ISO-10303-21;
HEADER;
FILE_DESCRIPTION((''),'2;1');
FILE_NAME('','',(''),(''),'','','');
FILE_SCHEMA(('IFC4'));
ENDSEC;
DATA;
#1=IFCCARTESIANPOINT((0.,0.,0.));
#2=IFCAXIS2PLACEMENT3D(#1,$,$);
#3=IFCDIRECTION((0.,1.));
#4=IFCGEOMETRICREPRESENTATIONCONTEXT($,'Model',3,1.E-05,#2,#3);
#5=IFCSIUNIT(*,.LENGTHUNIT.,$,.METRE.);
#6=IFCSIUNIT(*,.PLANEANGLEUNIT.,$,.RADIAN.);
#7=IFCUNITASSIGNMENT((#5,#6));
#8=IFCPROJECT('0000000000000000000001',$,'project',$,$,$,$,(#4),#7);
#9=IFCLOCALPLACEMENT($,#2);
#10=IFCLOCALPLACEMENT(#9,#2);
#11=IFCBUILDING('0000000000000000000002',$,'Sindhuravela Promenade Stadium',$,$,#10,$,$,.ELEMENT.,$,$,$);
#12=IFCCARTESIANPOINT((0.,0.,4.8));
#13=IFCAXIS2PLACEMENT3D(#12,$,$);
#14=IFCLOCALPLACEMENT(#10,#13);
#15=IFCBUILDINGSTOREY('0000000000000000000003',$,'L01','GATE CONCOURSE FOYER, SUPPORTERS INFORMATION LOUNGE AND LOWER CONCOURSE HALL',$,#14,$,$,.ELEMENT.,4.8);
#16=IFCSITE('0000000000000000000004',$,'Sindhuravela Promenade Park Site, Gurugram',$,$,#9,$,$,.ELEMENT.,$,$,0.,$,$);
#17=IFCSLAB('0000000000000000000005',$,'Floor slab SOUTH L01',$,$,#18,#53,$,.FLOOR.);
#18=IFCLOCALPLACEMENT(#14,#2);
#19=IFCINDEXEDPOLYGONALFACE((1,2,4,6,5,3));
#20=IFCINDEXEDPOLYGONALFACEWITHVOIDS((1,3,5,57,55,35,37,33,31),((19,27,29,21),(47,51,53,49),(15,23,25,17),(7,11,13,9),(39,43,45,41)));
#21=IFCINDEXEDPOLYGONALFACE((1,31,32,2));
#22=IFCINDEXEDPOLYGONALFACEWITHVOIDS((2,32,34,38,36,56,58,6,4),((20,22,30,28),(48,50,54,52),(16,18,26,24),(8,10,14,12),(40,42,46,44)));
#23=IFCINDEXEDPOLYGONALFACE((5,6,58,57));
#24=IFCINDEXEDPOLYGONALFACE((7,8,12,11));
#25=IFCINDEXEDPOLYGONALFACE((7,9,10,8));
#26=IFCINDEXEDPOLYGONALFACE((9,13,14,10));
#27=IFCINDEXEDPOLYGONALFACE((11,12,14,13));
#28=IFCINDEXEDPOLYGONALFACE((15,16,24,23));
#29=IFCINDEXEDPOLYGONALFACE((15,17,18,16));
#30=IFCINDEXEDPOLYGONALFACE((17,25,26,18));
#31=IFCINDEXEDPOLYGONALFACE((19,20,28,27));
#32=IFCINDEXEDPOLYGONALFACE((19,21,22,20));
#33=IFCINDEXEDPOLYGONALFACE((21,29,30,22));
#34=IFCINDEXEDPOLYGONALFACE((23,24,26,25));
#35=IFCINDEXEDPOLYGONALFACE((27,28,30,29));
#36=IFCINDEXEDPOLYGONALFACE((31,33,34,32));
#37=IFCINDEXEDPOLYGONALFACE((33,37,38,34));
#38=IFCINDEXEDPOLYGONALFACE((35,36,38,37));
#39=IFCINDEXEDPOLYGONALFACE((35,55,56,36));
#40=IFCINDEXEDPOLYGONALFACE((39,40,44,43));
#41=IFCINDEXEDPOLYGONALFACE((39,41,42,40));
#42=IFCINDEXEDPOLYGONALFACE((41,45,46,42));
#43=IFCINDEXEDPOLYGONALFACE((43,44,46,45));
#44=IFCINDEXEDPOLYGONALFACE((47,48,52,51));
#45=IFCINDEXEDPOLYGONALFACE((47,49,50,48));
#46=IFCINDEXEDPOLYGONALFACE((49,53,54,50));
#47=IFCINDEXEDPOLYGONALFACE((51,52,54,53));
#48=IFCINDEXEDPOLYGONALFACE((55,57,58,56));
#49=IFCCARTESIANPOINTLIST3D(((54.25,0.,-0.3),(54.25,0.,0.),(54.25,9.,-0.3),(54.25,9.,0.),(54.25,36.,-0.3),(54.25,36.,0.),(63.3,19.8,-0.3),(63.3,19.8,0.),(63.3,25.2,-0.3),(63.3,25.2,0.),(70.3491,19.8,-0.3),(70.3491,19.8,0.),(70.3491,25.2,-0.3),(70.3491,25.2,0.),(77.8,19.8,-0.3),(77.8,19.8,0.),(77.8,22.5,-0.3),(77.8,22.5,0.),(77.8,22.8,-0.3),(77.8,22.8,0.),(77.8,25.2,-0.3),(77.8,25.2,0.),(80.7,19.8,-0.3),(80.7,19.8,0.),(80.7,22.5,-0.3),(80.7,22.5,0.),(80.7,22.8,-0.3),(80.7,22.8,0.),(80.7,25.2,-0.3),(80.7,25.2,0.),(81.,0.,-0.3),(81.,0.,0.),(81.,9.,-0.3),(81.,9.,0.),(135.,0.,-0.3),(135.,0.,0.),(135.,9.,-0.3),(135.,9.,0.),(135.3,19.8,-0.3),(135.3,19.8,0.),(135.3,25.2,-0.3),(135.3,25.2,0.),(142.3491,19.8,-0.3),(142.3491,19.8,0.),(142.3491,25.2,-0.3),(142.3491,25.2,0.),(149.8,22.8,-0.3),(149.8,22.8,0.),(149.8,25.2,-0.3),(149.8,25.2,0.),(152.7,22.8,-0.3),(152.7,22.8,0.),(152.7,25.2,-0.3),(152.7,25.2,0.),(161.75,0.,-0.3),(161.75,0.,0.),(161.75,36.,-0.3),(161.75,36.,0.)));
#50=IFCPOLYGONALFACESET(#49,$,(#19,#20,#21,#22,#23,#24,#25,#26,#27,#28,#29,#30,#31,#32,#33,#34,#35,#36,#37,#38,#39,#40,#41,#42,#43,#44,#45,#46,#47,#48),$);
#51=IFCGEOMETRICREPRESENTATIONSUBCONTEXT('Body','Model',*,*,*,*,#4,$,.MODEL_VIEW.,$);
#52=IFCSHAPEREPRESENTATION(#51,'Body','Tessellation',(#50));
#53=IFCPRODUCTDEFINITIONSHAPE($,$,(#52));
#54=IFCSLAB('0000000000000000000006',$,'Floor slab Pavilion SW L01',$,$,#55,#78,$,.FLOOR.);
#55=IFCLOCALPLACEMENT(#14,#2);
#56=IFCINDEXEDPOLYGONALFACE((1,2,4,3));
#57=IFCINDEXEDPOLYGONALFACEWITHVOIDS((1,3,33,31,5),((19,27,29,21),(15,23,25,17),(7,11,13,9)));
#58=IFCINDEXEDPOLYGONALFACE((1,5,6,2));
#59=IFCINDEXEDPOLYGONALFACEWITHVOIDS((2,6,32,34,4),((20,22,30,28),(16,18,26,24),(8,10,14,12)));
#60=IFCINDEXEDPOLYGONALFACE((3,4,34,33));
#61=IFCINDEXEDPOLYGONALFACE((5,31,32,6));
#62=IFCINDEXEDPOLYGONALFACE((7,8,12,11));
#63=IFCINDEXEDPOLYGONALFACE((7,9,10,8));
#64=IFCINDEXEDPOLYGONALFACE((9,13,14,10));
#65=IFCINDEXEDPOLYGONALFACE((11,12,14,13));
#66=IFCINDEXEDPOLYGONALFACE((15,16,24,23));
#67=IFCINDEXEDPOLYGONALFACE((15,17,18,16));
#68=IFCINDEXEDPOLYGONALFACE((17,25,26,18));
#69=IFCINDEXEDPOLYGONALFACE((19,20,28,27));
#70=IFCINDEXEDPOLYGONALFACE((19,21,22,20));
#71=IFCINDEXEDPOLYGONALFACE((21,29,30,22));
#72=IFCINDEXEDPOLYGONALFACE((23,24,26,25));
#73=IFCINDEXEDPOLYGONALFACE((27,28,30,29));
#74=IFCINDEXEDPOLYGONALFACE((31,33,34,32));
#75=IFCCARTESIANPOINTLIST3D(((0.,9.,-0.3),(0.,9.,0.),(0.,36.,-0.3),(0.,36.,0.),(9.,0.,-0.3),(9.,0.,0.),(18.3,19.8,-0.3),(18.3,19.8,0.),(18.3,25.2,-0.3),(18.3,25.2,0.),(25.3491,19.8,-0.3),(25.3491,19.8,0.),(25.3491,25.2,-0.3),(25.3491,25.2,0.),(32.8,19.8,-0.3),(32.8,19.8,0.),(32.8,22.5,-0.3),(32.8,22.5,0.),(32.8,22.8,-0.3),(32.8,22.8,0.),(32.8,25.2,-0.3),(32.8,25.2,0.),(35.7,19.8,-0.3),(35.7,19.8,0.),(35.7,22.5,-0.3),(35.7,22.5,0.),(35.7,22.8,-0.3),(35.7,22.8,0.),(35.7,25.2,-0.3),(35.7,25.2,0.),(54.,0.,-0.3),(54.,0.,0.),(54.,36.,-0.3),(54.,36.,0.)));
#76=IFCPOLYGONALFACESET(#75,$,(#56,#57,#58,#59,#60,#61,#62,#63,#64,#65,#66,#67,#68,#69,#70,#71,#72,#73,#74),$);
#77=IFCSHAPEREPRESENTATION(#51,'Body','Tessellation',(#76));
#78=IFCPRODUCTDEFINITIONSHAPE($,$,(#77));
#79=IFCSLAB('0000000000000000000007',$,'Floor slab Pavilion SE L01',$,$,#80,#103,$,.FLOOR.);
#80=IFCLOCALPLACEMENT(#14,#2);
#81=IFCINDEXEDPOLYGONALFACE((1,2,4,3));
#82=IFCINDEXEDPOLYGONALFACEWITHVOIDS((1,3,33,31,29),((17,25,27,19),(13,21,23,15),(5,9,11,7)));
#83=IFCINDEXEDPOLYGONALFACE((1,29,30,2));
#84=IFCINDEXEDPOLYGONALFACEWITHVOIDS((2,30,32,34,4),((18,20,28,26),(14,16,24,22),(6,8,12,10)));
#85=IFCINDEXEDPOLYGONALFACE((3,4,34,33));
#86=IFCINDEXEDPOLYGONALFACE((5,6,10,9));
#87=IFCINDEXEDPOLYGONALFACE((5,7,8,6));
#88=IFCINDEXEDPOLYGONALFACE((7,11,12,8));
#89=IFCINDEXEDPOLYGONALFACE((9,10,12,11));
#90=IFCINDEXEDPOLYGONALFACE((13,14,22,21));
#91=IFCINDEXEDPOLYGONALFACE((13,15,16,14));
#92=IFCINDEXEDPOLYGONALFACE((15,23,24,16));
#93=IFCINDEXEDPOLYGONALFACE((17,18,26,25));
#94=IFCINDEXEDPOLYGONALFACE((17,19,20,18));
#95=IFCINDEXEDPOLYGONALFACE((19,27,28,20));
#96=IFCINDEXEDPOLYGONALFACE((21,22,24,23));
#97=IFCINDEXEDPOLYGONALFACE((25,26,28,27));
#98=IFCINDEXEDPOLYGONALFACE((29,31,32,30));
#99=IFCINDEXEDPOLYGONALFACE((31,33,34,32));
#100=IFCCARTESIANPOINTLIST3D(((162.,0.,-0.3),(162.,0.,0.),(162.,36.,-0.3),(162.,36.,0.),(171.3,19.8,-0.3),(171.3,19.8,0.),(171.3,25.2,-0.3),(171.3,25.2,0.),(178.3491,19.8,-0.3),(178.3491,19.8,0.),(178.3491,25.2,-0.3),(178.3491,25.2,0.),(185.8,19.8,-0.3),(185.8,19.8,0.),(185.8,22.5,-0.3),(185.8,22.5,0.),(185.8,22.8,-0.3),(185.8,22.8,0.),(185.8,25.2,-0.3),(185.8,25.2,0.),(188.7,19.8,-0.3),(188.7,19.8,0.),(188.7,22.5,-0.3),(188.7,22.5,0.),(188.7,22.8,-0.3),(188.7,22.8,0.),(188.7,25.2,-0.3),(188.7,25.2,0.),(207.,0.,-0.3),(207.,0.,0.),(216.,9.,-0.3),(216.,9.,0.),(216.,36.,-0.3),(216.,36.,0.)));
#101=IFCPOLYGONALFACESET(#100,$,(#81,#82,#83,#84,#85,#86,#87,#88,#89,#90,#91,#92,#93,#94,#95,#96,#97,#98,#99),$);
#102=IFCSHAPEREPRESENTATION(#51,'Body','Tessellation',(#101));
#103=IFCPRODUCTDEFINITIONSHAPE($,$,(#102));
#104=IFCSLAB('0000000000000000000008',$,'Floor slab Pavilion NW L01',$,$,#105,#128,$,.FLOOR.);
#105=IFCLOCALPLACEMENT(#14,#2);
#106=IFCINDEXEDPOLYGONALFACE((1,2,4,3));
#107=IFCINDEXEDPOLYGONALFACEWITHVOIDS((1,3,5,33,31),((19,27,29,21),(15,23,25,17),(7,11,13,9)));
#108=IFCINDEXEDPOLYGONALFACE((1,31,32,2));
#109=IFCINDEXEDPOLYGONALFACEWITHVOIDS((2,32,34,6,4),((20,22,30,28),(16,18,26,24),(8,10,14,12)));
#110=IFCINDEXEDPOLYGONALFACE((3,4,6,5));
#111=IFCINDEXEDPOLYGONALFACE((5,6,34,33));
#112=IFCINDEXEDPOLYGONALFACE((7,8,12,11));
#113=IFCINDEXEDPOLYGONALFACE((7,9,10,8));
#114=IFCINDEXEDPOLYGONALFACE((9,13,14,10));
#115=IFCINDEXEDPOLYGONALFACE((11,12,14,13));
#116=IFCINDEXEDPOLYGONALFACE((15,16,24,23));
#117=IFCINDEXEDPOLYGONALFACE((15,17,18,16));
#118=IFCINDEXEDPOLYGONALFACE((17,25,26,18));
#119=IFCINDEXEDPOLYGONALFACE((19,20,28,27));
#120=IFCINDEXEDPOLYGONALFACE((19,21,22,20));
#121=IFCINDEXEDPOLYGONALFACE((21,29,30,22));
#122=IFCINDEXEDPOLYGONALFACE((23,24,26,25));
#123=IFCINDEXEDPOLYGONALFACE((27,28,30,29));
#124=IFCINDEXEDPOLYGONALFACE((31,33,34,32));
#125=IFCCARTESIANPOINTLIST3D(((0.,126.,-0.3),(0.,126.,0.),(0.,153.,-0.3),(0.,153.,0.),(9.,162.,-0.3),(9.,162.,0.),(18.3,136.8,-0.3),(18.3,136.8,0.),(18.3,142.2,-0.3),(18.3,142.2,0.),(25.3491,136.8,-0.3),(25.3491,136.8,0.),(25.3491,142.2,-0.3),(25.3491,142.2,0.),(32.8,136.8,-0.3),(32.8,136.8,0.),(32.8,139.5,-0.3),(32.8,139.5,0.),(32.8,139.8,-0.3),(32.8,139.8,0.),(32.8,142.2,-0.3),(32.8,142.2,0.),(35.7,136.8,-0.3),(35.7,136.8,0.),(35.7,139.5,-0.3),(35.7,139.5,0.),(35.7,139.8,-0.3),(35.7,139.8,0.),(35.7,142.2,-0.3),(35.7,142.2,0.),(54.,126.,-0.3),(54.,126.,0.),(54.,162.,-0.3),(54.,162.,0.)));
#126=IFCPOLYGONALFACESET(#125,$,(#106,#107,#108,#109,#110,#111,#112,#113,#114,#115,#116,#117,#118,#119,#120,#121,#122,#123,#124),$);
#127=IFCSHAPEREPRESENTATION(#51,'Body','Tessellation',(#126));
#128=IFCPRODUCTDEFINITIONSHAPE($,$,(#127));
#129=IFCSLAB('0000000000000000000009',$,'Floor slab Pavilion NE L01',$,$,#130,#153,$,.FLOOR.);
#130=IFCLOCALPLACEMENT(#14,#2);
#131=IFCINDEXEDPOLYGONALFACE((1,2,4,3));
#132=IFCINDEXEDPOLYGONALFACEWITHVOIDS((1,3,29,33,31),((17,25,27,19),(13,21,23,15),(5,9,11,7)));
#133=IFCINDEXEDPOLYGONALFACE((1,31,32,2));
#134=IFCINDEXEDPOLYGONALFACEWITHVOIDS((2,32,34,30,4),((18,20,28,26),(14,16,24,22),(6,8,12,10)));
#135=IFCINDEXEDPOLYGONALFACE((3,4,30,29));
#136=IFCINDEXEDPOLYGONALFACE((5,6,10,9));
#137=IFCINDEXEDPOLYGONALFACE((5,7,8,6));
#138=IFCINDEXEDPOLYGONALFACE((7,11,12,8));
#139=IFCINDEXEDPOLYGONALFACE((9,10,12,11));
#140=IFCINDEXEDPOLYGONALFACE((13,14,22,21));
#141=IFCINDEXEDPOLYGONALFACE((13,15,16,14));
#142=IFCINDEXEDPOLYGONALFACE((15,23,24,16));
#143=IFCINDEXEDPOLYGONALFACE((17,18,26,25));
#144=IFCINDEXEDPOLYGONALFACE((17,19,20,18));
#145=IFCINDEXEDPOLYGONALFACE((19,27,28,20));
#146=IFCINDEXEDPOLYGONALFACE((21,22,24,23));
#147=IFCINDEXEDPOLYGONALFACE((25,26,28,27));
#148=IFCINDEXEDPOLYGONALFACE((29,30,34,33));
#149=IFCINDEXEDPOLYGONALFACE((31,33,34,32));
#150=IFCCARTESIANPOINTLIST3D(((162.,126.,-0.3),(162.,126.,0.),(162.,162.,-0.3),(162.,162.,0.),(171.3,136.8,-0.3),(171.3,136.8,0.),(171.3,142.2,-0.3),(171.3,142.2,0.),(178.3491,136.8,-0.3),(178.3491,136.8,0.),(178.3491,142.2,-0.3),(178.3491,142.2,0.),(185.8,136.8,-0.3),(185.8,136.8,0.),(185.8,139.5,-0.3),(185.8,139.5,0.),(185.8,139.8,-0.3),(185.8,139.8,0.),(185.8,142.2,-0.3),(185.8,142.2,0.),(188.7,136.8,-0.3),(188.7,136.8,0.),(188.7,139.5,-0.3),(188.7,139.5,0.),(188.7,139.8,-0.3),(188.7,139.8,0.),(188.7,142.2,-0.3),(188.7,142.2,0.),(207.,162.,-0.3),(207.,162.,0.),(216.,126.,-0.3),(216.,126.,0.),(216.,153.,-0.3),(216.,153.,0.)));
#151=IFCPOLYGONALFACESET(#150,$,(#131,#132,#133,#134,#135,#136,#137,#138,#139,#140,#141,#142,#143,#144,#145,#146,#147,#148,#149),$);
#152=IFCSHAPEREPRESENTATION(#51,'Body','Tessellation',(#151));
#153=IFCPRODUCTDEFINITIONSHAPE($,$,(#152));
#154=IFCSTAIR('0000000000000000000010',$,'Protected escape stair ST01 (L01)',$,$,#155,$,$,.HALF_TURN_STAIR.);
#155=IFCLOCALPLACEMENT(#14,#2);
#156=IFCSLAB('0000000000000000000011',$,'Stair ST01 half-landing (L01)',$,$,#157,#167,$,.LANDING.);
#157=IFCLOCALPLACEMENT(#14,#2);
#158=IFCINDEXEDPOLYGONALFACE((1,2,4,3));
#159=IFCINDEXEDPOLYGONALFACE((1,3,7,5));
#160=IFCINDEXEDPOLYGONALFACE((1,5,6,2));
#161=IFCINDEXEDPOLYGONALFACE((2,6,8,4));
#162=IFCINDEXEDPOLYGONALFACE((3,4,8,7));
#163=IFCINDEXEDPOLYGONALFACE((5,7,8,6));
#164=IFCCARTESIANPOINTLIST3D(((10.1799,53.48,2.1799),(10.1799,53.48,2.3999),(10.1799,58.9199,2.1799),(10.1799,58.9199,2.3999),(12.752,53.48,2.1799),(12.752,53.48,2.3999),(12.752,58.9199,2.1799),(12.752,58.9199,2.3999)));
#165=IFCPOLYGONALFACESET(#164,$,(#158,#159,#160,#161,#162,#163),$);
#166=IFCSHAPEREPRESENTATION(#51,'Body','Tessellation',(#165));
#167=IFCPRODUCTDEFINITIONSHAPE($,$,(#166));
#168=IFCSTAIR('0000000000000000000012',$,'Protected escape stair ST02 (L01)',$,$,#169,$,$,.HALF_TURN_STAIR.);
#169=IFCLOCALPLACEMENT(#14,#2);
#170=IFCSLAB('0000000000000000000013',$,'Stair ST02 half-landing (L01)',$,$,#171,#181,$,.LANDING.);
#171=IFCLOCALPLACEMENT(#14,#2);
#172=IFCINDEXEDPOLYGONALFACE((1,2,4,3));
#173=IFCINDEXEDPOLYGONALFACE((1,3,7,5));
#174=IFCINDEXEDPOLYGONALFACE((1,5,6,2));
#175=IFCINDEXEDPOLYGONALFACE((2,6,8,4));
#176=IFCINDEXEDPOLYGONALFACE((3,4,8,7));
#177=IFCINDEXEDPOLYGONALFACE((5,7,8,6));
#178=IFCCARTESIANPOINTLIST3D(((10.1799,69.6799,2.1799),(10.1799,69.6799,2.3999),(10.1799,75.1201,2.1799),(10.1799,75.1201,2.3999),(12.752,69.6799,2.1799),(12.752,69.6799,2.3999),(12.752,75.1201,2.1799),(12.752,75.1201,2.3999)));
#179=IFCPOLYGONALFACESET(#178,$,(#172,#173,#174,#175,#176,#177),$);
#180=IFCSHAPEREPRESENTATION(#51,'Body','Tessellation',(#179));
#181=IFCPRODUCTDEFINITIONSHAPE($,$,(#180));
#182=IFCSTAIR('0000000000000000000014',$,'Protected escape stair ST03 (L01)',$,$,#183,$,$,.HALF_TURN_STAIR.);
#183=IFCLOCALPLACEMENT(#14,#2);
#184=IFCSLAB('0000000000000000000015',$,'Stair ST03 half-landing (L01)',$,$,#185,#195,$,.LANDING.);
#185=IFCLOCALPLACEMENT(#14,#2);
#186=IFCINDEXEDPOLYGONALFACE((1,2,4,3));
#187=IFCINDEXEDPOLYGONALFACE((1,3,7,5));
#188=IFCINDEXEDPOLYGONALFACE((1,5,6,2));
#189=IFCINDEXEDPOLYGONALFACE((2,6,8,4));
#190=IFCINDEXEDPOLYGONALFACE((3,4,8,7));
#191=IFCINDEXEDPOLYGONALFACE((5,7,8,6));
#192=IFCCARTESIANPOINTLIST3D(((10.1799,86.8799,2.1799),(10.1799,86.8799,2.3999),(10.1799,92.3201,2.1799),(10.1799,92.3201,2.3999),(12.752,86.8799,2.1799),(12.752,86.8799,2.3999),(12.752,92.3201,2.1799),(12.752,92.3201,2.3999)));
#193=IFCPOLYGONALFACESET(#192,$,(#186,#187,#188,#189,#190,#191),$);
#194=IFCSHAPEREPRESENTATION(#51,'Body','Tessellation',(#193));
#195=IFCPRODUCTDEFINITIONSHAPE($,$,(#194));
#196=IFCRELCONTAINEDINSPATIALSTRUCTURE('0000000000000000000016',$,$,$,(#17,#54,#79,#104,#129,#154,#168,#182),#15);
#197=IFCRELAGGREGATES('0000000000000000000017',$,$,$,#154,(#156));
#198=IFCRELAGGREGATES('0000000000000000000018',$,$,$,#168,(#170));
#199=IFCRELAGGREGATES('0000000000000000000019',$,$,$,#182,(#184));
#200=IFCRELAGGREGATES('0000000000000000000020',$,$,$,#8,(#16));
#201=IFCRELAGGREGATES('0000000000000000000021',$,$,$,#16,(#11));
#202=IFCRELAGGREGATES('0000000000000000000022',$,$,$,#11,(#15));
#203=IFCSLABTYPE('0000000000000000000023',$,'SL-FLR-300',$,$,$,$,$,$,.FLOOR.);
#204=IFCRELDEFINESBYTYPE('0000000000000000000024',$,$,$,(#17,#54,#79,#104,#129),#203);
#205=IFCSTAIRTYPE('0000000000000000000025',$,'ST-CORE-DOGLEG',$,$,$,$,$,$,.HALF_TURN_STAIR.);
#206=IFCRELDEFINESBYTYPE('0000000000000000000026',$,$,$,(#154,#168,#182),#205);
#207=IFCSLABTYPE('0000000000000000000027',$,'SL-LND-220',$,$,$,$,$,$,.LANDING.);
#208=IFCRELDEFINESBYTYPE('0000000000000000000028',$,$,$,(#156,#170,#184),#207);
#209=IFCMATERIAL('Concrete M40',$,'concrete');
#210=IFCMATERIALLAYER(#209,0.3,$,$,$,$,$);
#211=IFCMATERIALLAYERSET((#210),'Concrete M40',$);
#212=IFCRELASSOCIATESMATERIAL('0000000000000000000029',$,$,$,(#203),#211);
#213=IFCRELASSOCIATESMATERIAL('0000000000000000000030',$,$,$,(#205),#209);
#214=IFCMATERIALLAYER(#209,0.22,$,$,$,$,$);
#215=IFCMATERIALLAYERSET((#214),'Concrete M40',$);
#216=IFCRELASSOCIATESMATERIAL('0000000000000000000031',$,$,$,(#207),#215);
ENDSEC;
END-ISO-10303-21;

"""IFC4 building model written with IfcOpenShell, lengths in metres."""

from ifc_helpers import new_model, si_unit, direction, frame, origin, place, context, subcontext, project, spatial, polyline, outline, extrude, material, layer, layer_set, type_object, element, aggregate, save


model = new_model("IFC4")

# Units and contexts
model_context = context("Model", 3, precision=1e-05, world=origin(), true_north=direction((0.0, 1.0)))
body_context = subcontext(model_context, "Body", "Model", "MODEL_VIEW")
ifc_project = project(units=[si_unit("LENGTHUNIT", "METRE"), si_unit("PLANEANGLEUNIT", "RADIAN")], contexts=[model_context])

# Site, building, storey
site_placement = place(None, origin())
site = spatial("IfcSite", under=ifc_project, at=site_placement, Name="Sindhuravela Promenade Park Site, Gurugram", CompositionType="ELEMENT", RefElevation=0.0)
building_placement = place(site_placement, origin())
building = spatial("IfcBuilding", under=site, at=building_placement, Name="Sindhuravela Promenade Stadium", CompositionType="ELEMENT")
storey_placement = place(building_placement, frame((0.0, 0.0, 4.8)))
storey = spatial("IfcBuildingStorey", under=building, at=storey_placement, Name="L01", Description="GATE CONCOURSE FOYER, SUPPORTERS INFORMATION LOUNGE AND LOWER CONCOURSE HALL", CompositionType="ELEMENT", Elevation=4.8)

# Slabs
ifc_material_1 = material(Name="Concrete M40", Category="concrete")
ifc_layer_1 = layer(ifc_material_1, 0.3)
ifc_layer_set_1 = layer_set([ifc_layer_1], Name="Concrete M40")
slab_type_1 = type_object("IfcSlabType", Name="SL-FLR-300", PredefinedType="FLOOR", material=ifc_layer_set_1)
slab_1_placement = place(storey_placement, frame((0.0, 0.0, -0.3)))
element("IfcSlab", 1, at=slab_1_placement, inside=storey, type_object=slab_type_1, Name="Floor slab SOUTH L01", PredefinedType="FLOOR", context=body_context, shape_type="SweptSolid", body=[
    extrude(outline(polyline([(54.25, 9.0), (54.25, 0.0), (81.0, 0.0), (81.0, 9.0), (135.0, 9.0), (135.0, 0.0), (161.75, 0.0), (161.75, 36.0), (54.25, 36.0), (54.25, 9.0)]), holes=[polyline([(63.3, 19.8), (70.3491, 19.8), (70.3491, 25.2), (63.3, 25.2), (63.3, 19.8)]), polyline([(77.8, 22.8), (80.7, 22.8), (80.7, 25.2), (77.8, 25.2), (77.8, 22.8)]), polyline([(77.8, 19.8), (80.7, 19.8), (80.7, 22.5), (77.8, 22.5), (77.8, 19.8)]), polyline([(135.3, 19.8), (142.3491, 19.8), (142.3491, 25.2), (135.3, 25.2), (135.3, 19.8)]), polyline([(149.8, 22.8), (152.7, 22.8), (152.7, 25.2), (149.8, 25.2), (149.8, 22.8)])]), origin(), (0.0, 0.0, 1.0), 0.3),
])
slab_2_placement = place(storey_placement, frame((0.0, 0.0, -0.3)))
element("IfcSlab", 2, at=slab_2_placement, inside=storey, type_object=slab_type_1, Name="Floor slab Pavilion SW L01", PredefinedType="FLOOR", context=body_context, shape_type="SweptSolid", body=[
    extrude(outline(polyline([(9.0, 0.0), (54.0, 0.0), (54.0, 36.0), (0.0, 36.0), (0.0, 9.0), (9.0, 0.0)]), holes=[polyline([(18.3, 19.8), (25.3491, 19.8), (25.3491, 25.2), (18.3, 25.2), (18.3, 19.8)]), polyline([(32.8, 22.8), (35.7, 22.8), (35.7, 25.2), (32.8, 25.2), (32.8, 22.8)]), polyline([(32.8, 19.8), (35.7, 19.8), (35.7, 22.5), (32.8, 22.5), (32.8, 19.8)])]), origin(), (0.0, 0.0, 1.0), 0.3),
])
slab_3_placement = place(storey_placement, frame((0.0, 0.0, -0.3)))
element("IfcSlab", 3, at=slab_3_placement, inside=storey, type_object=slab_type_1, Name="Floor slab Pavilion SE L01", PredefinedType="FLOOR", context=body_context, shape_type="SweptSolid", body=[
    extrude(outline(polyline([(162.0, 0.0), (207.0, 0.0), (216.0, 9.0), (216.0, 36.0), (162.0, 36.0), (162.0, 0.0)]), holes=[polyline([(171.3, 19.8), (178.3491, 19.8), (178.3491, 25.2), (171.3, 25.2), (171.3, 19.8)]), polyline([(185.8, 22.8), (188.7, 22.8), (188.7, 25.2), (185.8, 25.2), (185.8, 22.8)]), polyline([(185.8, 19.8), (188.7, 19.8), (188.7, 22.5), (185.8, 22.5), (185.8, 19.8)])]), origin(), (0.0, 0.0, 1.0), 0.3),
])
slab_4_placement = place(storey_placement, frame((0.0, 0.0, -0.3)))
element("IfcSlab", 4, at=slab_4_placement, inside=storey, type_object=slab_type_1, Name="Floor slab Pavilion NW L01", PredefinedType="FLOOR", context=body_context, shape_type="SweptSolid", body=[
    extrude(outline(polyline([(0.0, 126.0), (54.0, 126.0), (54.0, 162.0), (9.0, 162.0), (0.0, 153.0), (0.0, 126.0)]), holes=[polyline([(18.3, 136.8), (25.3491, 136.8), (25.3491, 142.2), (18.3, 142.2), (18.3, 136.8)]), polyline([(32.8, 139.8), (35.7, 139.8), (35.7, 142.2), (32.8, 142.2), (32.8, 139.8)]), polyline([(32.8, 136.8), (35.7, 136.8), (35.7, 139.5), (32.8, 139.5), (32.8, 136.8)])]), origin(), (0.0, 0.0, 1.0), 0.3),
])
slab_5_placement = place(storey_placement, frame((0.0, 0.0, -0.3)))
element("IfcSlab", 5, at=slab_5_placement, inside=storey, type_object=slab_type_1, Name="Floor slab Pavilion NE L01", PredefinedType="FLOOR", context=body_context, shape_type="SweptSolid", body=[
    extrude(outline(polyline([(162.0, 126.0), (216.0, 126.0), (216.0, 153.0), (207.0, 162.0), (162.0, 162.0), (162.0, 126.0)]), holes=[polyline([(171.3, 136.8), (178.3491, 136.8), (178.3491, 142.2), (171.3, 142.2), (171.3, 136.8)]), polyline([(185.8, 139.8), (188.7, 139.8), (188.7, 142.2), (185.8, 142.2), (185.8, 139.8)]), polyline([(185.8, 136.8), (188.7, 136.8), (188.7, 139.5), (185.8, 139.5), (185.8, 136.8)])]), origin(), (0.0, 0.0, 1.0), 0.3),
])

# Stairs, slabs
stair_type = type_object("IfcStairType", Name="ST-CORE-DOGLEG", PredefinedType="HALF_TURN_STAIR", material=ifc_material_1)
stair_1_placement = place(storey_placement, origin())
stair_1 = element("IfcStair", 6, at=stair_1_placement, inside=storey, type_object=stair_type, Name="Protected escape stair ST01 (L01)", PredefinedType="HALF_TURN_STAIR")
ifc_layer_2 = layer(ifc_material_1, 0.22)
ifc_layer_set_2 = layer_set([ifc_layer_2], Name="Concrete M40")
slab_type_2 = type_object("IfcSlabType", Name="SL-LND-220", PredefinedType="LANDING", material=ifc_layer_set_2)
slab_6_placement = place(storey_placement, frame((0.0, 0.0, 2.1799)))
slab_6 = element("IfcSlab", 7, at=slab_6_placement, type_object=slab_type_2, Name="Stair ST01 half-landing (L01)", PredefinedType="LANDING", context=body_context, shape_type="SweptSolid", body=[
    extrude(outline(polyline([(10.1799, 53.48), (12.752, 53.48), (12.752, 58.9199), (10.1799, 58.9199), (10.1799, 53.48)])), origin(), (0.0, 0.0, 1.0), 0.22),
])
aggregate(stair_1, [slab_6])
stair_2_placement = place(storey_placement, origin())
stair_2 = element("IfcStair", 8, at=stair_2_placement, inside=storey, type_object=stair_type, Name="Protected escape stair ST02 (L01)", PredefinedType="HALF_TURN_STAIR")
slab_7_placement = place(storey_placement, frame((0.0, 0.0, 2.1799)))
slab_7 = element("IfcSlab", 9, at=slab_7_placement, type_object=slab_type_2, Name="Stair ST02 half-landing (L01)", PredefinedType="LANDING", context=body_context, shape_type="SweptSolid", body=[
    extrude(outline(polyline([(10.1799, 69.6799), (12.752, 69.6799), (12.752, 75.1201), (10.1799, 75.1201), (10.1799, 69.6799)])), origin(), (0.0, 0.0, 1.0), 0.22),
])
aggregate(stair_2, [slab_7])
stair_3_placement = place(storey_placement, origin())
stair_3 = element("IfcStair", 10, at=stair_3_placement, inside=storey, type_object=stair_type, Name="Protected escape stair ST03 (L01)", PredefinedType="HALF_TURN_STAIR")
slab_8_placement = place(storey_placement, frame((0.0, 0.0, 2.1799)))
slab_8 = element("IfcSlab", 11, at=slab_8_placement, type_object=slab_type_2, Name="Stair ST03 half-landing (L01)", PredefinedType="LANDING", context=body_context, shape_type="SweptSolid", body=[
    extrude(outline(polyline([(10.1799, 86.8799), (12.752, 86.8799), (12.752, 92.3201), (10.1799, 92.3201), (10.1799, 86.8799)])), origin(), (0.0, 0.0, 1.0), 0.22),
])
aggregate(stair_3, [slab_8])

save(model, "model.ifc")
